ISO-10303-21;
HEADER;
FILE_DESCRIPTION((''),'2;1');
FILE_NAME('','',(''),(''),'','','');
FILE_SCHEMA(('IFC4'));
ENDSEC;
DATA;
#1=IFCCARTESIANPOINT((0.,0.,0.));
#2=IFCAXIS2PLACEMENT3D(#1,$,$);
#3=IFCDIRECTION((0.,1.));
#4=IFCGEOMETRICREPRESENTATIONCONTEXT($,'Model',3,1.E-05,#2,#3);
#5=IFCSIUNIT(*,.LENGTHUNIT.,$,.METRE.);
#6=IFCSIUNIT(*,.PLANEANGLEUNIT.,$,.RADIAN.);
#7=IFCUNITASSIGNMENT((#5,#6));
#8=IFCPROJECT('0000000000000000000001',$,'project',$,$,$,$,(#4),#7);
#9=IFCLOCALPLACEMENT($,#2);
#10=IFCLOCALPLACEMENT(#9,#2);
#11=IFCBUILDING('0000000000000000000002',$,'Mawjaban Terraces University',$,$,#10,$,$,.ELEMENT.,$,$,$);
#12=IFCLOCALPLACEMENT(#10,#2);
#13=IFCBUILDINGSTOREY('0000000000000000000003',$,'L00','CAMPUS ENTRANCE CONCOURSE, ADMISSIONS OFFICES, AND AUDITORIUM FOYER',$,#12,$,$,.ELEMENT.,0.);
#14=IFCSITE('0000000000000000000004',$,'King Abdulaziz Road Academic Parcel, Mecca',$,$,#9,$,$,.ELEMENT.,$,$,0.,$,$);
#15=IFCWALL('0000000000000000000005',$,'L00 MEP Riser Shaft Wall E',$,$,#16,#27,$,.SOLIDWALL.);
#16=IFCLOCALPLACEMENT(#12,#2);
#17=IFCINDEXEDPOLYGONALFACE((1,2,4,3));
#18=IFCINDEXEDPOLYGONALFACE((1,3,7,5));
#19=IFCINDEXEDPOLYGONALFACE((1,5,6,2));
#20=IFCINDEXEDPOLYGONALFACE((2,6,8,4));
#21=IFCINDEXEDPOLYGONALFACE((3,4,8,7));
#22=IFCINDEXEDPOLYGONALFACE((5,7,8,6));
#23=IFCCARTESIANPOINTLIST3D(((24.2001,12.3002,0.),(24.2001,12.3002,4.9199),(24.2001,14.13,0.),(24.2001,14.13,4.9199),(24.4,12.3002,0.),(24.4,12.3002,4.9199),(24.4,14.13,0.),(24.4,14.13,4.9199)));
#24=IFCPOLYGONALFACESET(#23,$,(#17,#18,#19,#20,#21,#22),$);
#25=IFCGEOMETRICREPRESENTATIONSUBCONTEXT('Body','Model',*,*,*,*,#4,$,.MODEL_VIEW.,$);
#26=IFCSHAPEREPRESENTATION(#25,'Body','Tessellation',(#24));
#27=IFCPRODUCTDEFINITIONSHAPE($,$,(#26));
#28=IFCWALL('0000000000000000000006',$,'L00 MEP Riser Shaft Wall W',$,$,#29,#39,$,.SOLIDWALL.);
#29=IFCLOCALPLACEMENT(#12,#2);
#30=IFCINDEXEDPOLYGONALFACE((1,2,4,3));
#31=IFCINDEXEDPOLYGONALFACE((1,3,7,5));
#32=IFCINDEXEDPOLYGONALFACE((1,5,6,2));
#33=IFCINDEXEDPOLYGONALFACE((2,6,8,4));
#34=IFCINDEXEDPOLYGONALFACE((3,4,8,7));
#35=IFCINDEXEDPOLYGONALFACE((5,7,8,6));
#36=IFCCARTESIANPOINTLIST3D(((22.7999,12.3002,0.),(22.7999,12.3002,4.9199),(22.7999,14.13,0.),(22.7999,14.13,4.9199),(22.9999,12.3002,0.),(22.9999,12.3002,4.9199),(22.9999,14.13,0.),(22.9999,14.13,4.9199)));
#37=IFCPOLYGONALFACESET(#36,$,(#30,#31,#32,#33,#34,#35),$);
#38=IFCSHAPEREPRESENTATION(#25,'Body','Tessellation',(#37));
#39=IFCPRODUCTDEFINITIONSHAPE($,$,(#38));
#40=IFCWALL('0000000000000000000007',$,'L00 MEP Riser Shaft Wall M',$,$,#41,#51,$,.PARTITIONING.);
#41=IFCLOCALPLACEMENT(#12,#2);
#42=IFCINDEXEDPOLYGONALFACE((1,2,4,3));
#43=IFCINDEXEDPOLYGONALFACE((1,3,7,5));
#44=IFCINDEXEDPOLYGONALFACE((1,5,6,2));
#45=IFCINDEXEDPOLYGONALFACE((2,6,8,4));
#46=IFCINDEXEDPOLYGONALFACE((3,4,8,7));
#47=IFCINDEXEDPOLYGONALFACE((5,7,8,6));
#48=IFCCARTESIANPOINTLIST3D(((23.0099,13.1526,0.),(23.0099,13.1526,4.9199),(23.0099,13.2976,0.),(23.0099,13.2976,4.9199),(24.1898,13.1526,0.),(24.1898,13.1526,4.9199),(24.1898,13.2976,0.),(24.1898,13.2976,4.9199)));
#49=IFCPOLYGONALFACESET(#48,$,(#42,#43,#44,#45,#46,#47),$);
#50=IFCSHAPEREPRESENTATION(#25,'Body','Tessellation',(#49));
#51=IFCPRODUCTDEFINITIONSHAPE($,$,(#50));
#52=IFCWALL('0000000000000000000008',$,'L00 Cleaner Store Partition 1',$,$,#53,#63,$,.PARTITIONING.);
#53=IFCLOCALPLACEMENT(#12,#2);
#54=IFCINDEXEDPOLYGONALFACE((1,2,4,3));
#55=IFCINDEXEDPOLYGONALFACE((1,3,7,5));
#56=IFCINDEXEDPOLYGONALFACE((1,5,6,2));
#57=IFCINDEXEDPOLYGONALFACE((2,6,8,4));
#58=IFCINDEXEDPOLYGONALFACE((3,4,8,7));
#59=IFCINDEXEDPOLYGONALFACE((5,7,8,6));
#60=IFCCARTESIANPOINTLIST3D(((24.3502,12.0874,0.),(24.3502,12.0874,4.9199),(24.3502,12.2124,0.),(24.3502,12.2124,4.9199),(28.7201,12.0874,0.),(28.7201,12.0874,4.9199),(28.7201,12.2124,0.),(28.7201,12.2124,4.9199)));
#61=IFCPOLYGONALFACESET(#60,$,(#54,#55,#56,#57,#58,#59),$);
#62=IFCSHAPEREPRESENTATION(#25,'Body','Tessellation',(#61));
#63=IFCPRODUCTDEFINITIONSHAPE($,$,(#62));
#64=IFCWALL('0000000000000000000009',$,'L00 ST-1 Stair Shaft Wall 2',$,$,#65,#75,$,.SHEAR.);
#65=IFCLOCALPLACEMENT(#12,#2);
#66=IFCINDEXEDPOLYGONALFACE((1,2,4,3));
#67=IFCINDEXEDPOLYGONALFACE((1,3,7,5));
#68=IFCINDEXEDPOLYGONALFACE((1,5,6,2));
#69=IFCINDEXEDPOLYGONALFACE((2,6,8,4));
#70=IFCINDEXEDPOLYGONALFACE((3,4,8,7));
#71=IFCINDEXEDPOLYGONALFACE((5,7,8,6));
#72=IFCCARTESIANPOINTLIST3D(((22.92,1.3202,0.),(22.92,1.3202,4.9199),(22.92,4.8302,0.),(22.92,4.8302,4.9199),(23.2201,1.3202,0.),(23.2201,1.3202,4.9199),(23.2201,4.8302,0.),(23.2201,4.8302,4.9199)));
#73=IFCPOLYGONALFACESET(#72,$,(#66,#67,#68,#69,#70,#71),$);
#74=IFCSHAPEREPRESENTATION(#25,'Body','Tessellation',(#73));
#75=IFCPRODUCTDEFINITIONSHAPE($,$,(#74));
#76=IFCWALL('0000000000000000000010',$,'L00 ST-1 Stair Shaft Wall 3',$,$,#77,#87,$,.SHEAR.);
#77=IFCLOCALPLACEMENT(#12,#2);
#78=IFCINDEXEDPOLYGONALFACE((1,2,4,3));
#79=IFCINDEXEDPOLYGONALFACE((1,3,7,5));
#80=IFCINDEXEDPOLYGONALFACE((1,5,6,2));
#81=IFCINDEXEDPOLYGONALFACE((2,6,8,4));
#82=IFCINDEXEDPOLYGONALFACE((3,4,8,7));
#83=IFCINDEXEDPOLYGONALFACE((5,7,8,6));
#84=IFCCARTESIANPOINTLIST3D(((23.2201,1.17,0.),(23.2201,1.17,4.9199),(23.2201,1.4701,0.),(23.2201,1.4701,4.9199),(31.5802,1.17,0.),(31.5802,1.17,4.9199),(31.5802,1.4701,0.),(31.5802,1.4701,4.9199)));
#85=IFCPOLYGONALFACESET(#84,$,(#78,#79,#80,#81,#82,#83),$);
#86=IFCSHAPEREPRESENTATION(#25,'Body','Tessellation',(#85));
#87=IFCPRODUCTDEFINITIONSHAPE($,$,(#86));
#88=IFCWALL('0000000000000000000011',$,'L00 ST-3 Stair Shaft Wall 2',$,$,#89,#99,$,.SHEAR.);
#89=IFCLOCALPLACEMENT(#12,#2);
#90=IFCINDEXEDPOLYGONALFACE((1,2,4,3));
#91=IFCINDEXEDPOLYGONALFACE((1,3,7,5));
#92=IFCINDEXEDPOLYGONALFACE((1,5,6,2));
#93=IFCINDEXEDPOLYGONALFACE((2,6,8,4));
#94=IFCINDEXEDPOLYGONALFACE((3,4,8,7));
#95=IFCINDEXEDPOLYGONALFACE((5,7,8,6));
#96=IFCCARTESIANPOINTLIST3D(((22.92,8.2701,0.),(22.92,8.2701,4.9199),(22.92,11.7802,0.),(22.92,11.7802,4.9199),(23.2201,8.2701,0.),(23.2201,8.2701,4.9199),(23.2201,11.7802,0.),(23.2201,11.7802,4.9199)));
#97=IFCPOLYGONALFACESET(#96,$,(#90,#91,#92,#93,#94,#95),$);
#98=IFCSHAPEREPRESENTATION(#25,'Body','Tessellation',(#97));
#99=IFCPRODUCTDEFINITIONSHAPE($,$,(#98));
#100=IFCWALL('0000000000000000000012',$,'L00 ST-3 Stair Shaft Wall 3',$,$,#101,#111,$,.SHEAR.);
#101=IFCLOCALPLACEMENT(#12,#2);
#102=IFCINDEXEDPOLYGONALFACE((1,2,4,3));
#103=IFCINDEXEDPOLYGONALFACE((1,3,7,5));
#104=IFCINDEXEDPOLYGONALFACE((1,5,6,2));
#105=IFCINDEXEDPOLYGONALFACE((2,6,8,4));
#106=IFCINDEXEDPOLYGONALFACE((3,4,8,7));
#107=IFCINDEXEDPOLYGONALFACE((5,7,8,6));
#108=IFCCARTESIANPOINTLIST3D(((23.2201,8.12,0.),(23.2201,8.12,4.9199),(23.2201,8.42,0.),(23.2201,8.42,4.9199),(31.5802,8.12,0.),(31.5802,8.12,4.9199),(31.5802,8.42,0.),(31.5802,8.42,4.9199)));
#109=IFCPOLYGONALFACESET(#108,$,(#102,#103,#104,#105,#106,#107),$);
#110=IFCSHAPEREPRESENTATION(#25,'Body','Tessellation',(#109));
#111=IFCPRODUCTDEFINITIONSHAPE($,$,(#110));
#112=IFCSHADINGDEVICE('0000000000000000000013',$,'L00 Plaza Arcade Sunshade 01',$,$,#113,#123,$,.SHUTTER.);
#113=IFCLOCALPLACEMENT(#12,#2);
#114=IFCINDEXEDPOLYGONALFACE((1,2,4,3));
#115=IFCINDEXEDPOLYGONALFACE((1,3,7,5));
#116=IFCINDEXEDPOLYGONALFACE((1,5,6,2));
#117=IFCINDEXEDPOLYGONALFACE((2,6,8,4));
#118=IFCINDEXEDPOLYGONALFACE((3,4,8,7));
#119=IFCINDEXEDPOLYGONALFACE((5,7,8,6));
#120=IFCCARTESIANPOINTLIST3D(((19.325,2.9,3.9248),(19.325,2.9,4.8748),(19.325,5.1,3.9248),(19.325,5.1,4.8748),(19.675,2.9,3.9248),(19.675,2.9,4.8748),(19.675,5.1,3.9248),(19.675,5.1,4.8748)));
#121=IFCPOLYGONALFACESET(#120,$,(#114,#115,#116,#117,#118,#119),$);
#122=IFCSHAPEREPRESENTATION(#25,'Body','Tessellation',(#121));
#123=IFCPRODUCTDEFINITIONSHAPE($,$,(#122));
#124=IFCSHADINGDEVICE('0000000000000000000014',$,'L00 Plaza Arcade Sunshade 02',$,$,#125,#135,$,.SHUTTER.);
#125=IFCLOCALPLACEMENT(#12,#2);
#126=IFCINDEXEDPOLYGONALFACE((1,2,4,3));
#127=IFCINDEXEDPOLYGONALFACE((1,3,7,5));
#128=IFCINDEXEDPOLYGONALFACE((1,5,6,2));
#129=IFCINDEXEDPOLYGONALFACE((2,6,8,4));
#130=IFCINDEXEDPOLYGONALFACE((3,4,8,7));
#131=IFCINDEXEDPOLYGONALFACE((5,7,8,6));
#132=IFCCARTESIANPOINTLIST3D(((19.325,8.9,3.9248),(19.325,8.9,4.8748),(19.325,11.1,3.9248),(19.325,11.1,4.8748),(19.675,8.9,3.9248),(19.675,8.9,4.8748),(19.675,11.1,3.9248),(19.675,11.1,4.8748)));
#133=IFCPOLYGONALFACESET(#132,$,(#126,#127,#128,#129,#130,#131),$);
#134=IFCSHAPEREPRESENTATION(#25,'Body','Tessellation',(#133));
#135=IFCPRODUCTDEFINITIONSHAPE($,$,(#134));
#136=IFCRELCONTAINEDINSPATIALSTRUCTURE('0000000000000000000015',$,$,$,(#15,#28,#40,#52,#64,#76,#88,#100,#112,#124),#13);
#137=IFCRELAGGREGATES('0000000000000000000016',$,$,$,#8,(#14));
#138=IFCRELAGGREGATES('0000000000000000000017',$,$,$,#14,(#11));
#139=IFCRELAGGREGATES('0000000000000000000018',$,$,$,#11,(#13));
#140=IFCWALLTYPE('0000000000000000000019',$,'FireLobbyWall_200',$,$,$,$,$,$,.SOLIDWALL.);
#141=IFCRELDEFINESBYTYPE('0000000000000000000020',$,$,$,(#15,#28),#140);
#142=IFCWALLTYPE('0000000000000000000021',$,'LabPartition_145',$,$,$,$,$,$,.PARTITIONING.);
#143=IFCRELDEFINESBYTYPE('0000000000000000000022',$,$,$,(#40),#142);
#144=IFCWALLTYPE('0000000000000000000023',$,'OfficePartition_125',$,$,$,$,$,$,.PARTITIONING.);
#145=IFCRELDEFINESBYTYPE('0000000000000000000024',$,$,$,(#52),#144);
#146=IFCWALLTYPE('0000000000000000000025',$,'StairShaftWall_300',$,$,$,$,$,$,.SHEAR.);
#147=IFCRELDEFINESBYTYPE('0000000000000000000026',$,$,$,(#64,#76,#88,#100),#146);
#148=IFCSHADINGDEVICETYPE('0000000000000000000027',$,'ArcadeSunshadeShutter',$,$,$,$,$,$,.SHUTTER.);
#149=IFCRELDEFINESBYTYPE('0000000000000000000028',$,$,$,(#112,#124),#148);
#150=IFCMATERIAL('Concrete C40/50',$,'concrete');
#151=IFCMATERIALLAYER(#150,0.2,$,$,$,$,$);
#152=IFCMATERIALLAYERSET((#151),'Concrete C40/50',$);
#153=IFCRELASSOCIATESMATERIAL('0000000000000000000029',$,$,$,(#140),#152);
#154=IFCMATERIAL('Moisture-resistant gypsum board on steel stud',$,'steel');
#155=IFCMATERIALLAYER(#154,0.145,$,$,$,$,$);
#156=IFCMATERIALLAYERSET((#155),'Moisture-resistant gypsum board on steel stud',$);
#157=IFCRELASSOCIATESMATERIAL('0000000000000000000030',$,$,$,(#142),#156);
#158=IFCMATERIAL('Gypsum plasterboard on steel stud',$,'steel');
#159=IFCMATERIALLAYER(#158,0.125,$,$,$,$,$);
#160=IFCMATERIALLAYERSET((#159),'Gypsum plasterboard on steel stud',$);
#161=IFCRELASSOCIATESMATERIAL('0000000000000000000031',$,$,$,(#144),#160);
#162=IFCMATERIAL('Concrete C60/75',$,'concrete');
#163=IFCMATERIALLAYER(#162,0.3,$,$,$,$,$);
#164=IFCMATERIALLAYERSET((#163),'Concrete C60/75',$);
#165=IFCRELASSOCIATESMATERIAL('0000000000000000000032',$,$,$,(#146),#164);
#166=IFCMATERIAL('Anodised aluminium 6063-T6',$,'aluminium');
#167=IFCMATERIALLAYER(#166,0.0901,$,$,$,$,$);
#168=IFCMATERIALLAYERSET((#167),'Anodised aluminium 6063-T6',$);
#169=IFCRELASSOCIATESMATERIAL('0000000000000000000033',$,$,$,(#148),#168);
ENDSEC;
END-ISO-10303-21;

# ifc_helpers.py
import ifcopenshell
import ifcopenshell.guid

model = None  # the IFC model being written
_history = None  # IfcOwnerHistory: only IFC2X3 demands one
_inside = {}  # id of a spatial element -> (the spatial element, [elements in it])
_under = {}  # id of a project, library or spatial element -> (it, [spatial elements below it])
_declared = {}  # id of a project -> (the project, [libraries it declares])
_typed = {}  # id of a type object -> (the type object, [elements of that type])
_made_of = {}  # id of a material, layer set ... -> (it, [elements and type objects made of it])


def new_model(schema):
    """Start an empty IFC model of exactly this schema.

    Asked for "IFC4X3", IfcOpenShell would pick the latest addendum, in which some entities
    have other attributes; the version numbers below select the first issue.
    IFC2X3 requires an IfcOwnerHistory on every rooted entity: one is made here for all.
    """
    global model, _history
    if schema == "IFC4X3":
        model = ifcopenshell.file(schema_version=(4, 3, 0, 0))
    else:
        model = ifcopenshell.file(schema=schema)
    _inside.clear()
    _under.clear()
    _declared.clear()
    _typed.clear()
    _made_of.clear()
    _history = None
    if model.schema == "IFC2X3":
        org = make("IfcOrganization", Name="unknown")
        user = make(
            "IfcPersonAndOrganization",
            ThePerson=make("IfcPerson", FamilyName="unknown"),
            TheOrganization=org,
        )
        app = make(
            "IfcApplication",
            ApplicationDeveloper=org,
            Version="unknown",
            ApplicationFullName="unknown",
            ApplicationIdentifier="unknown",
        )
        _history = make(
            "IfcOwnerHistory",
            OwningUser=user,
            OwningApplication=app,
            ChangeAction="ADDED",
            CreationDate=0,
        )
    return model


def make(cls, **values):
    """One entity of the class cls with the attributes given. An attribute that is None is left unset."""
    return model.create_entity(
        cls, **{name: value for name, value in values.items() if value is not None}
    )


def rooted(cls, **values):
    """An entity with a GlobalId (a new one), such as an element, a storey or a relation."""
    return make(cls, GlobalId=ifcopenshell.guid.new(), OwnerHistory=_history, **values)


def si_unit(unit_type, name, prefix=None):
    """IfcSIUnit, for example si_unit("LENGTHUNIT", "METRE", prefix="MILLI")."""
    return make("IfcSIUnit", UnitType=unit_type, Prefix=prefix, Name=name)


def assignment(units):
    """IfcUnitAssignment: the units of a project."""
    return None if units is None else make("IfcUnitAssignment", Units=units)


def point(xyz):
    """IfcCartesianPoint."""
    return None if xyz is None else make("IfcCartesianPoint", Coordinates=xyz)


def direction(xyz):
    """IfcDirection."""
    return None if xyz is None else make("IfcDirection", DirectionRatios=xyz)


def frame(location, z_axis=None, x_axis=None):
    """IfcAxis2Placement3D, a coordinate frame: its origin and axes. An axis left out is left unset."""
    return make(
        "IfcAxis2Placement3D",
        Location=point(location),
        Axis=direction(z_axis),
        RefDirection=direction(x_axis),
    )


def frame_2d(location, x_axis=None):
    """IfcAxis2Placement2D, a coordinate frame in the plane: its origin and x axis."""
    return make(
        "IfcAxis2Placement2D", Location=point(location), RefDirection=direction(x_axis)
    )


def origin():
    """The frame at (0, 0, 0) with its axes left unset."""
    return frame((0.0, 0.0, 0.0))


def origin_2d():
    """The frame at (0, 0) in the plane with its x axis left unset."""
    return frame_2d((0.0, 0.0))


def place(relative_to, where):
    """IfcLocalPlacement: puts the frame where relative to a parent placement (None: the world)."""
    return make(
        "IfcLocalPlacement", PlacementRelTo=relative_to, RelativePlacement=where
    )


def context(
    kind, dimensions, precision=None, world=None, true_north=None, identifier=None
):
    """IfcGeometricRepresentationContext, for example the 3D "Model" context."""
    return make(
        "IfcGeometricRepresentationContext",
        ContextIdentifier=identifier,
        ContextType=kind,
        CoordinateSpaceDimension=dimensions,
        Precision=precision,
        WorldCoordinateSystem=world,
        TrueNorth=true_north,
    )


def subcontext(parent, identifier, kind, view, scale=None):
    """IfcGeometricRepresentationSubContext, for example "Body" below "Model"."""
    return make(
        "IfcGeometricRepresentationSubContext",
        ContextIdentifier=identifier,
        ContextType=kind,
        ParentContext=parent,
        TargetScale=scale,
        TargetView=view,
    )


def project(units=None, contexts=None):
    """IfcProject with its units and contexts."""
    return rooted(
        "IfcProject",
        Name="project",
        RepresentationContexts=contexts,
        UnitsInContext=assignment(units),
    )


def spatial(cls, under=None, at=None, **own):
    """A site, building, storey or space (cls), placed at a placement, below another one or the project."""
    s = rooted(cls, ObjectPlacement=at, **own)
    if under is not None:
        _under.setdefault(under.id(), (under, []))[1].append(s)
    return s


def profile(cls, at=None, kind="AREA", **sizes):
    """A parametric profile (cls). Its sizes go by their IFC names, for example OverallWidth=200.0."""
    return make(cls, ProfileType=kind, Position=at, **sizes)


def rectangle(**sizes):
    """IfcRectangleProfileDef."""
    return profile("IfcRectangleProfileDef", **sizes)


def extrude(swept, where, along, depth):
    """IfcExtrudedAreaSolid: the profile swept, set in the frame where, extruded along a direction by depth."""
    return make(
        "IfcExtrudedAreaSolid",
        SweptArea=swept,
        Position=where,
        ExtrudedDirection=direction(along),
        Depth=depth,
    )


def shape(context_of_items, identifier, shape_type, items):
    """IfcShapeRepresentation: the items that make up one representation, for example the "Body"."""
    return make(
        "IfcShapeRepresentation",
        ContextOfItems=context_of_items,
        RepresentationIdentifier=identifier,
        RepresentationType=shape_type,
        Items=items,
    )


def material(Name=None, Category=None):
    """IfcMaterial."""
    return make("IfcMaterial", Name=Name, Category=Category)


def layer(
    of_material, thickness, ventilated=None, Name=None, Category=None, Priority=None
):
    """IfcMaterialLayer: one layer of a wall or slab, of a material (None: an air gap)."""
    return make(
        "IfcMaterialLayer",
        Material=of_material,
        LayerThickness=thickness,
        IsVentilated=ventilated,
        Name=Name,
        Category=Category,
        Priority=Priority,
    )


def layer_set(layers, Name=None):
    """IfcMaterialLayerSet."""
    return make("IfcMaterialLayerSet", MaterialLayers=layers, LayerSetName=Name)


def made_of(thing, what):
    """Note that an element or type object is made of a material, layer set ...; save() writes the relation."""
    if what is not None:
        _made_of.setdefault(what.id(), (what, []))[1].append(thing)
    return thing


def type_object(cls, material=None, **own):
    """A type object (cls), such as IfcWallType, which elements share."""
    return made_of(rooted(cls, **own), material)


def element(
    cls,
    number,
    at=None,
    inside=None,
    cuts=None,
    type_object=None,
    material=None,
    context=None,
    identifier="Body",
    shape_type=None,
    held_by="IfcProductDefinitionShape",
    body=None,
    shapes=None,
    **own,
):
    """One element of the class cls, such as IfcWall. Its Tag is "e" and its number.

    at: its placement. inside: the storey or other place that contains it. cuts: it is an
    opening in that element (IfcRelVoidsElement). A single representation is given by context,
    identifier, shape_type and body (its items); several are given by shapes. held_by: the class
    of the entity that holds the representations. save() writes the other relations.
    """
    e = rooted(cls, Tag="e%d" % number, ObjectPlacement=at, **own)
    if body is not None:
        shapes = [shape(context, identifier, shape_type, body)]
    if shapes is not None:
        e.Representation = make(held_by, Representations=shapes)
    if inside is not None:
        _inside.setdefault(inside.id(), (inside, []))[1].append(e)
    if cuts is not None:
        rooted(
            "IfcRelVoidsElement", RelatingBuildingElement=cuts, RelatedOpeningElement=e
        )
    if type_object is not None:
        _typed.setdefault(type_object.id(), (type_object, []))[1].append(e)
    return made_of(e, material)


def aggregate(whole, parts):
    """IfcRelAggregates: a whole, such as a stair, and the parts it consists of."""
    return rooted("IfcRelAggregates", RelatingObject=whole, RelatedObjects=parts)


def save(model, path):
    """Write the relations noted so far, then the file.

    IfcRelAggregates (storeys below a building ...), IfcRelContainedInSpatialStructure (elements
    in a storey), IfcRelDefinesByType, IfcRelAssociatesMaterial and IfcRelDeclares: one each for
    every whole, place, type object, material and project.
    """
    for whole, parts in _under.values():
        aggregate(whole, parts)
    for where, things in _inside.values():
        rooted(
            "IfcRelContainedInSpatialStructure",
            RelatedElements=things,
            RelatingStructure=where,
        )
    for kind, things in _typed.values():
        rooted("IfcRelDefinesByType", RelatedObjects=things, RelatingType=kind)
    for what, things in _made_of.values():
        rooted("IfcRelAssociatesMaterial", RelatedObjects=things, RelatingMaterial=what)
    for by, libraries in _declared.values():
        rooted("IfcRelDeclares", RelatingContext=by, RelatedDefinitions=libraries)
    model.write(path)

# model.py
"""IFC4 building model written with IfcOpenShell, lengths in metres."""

from ifc_helpers import new_model, si_unit, direction, frame, frame_2d, origin, origin_2d, place, context, subcontext, project, spatial, rectangle, extrude, material, layer, layer_set, type_object, element, save


model = new_model("IFC4")

# Units and contexts
model_context = context("Model", 3, precision=1e-05, world=origin(), true_north=direction((0.0, 1.0)))
body_context = subcontext(model_context, "Body", "Model", "MODEL_VIEW")
ifc_project = project(units=[si_unit("LENGTHUNIT", "METRE"), si_unit("PLANEANGLEUNIT", "RADIAN")], contexts=[model_context])

# Site, building, storey
site_placement = place(None, origin())
site = spatial("IfcSite", under=ifc_project, at=site_placement, Name="King Abdulaziz Road Academic Parcel, Mecca", CompositionType="ELEMENT", RefElevation=0.0)
building_placement = place(site_placement, origin())
building = spatial("IfcBuilding", under=site, at=building_placement, Name="Mawjaban Terraces University", CompositionType="ELEMENT")
storey_placement = place(building_placement, origin())
storey = spatial("IfcBuildingStorey", under=building, at=storey_placement, Name="L00", Description="CAMPUS ENTRANCE CONCOURSE, ADMISSIONS OFFICES, AND AUDITORIUM FOYER", CompositionType="ELEMENT", Elevation=0.0)

# Walls
ifc_material_1 = material(Name="Concrete C40/50", Category="concrete")
ifc_layer_1 = layer(ifc_material_1, 0.2)
ifc_layer_set_1 = layer_set([ifc_layer_1], Name="Concrete C40/50")
wall_type_1 = type_object("IfcWallType", Name="FireLobbyWall_200", PredefinedType="SOLIDWALL", material=ifc_layer_set_1)
for number, where, z_axis, x_axis, name in (
    (1, (24.3, 12.3, 0.0), (0.0, 0.0, 1.0), (0.0, 1.0, 0.0), "L00 MEP Riser Shaft Wall E"),
    (2, (22.8999, 12.3, 0.0), (0.0, 0.0, 1.0), (0.0, 1.0, 0.0), "L00 MEP Riser Shaft Wall W"),
):
    element("IfcWall", number, at=place(storey_placement, frame(where, z_axis=z_axis, x_axis=x_axis)), inside=storey, type_object=wall_type_1, Name=name, PredefinedType="SOLIDWALL", context=body_context, shape_type="SweptSolid", body=[
        extrude(rectangle(XDim=1.8298, YDim=0.2, at=frame_2d((0.915, 0.0))), origin(), (0.0, 0.0, 1.0), 4.9199),
    ])
ifc_material_2 = material(Name="Moisture-resistant gypsum board on steel stud", Category="steel")
ifc_layer_2 = layer(ifc_material_2, 0.145)
ifc_layer_set_2 = layer_set([ifc_layer_2], Name="Moisture-resistant gypsum board on steel stud")
wall_type_2 = type_object("IfcWallType", Name="LabPartition_145", PredefinedType="PARTITIONING", material=ifc_layer_set_2)
wall_1_placement = place(storey_placement, frame((23.01, 13.2251, 0.0), z_axis=(0.0, 0.0, 1.0), x_axis=(1.0, 0.0, 0.0)))
element("IfcWall", 3, at=wall_1_placement, inside=storey, type_object=wall_type_2, Name="L00 MEP Riser Shaft Wall M", PredefinedType="PARTITIONING", context=body_context, shape_type="SweptSolid", body=[
    extrude(rectangle(XDim=1.1799, YDim=0.145, at=frame_2d((0.5898, 0.0))), origin(), (0.0, 0.0, 1.0), 4.9199),
])
ifc_material_3 = material(Name="Gypsum plasterboard on steel stud", Category="steel")
ifc_layer_3 = layer(ifc_material_3, 0.125)
ifc_layer_set_3 = layer_set([ifc_layer_3], Name="Gypsum plasterboard on steel stud")
wall_type_3 = type_object("IfcWallType", Name="OfficePartition_125", PredefinedType="PARTITIONING", material=ifc_layer_set_3)
wall_2_placement = place(storey_placement, frame((24.3501, 12.1499, 0.0), z_axis=(0.0, 0.0, 1.0), x_axis=(1.0, 0.0, 0.0)))
element("IfcWall", 4, at=wall_2_placement, inside=storey, type_object=wall_type_3, Name="L00 Cleaner Store Partition 1", PredefinedType="PARTITIONING", context=body_context, shape_type="SweptSolid", body=[
    extrude(rectangle(XDim=4.3699, YDim=0.125, at=frame_2d((2.1851, 0.0))), origin(), (0.0, 0.0, 1.0), 4.9199),
])
ifc_material_4 = material(Name="Concrete C60/75", Category="concrete")
ifc_layer_4 = layer(ifc_material_4, 0.3)
ifc_layer_set_4 = layer_set([ifc_layer_4], Name="Concrete C60/75")
wall_type_4 = type_object("IfcWallType", Name="StairShaftWall_300", PredefinedType="SHEAR", material=ifc_layer_set_4)
wall_3_placement = place(storey_placement, frame((23.0701, 4.8301, 0.0), z_axis=(0.0, 0.0, 1.0), x_axis=(0.0, -1.0, 0.0)))
element("IfcWall", 5, at=wall_3_placement, inside=storey, type_object=wall_type_4, Name="L00 ST-1 Stair Shaft Wall 2", PredefinedType="SHEAR", context=body_context, shape_type="SweptSolid", body=[
    extrude(rectangle(XDim=3.51, YDim=0.3, at=frame_2d((1.7549, 0.0))), origin(), (0.0, 0.0, 1.0), 4.9199),
])
wall_4_placement = place(storey_placement, frame((23.22, 1.3201, 0.0), z_axis=(0.0, 0.0, 1.0), x_axis=(1.0, 0.0, 0.0)))
element("IfcWall", 6, at=wall_4_placement, inside=storey, type_object=wall_type_4, Name="L00 ST-1 Stair Shaft Wall 3", PredefinedType="SHEAR", context=body_context, shape_type="SweptSolid", body=[
    extrude(rectangle(XDim=8.3601, YDim=0.3, at=frame_2d((4.1802, 0.0))), origin(), (0.0, 0.0, 1.0), 4.9199),
])
wall_5_placement = place(storey_placement, frame((23.0701, 11.78, 0.0), z_axis=(0.0, 0.0, 1.0), x_axis=(0.0, -1.0, 0.0)))
element("IfcWall", 7, at=wall_5_placement, inside=storey, type_object=wall_type_4, Name="L00 ST-3 Stair Shaft Wall 2", PredefinedType="SHEAR", context=body_context, shape_type="SweptSolid", body=[
    extrude(rectangle(XDim=3.51, YDim=0.3, at=frame_2d((1.7549, 0.0))), origin(), (0.0, 0.0, 1.0), 4.9199),
])
wall_6_placement = place(storey_placement, frame((23.22, 8.27, 0.0), z_axis=(0.0, 0.0, 1.0), x_axis=(1.0, 0.0, 0.0)))
element("IfcWall", 8, at=wall_6_placement, inside=storey, type_object=wall_type_4, Name="L00 ST-3 Stair Shaft Wall 3", PredefinedType="SHEAR", context=body_context, shape_type="SweptSolid", body=[
    extrude(rectangle(XDim=8.3601, YDim=0.3, at=frame_2d((4.1802, 0.0))), origin(), (0.0, 0.0, 1.0), 4.9199),
])

# Shading devices
ifc_material_5 = material(Name="Anodised aluminium 6063-T6", Category="aluminium")
ifc_layer_5 = layer(ifc_material_5, 0.0901)
ifc_layer_set_5 = layer_set([ifc_layer_5], Name="Anodised aluminium 6063-T6")
shading_device_type = type_object("IfcShadingDeviceType", Name="ArcadeSunshadeShutter", PredefinedType="SHUTTER", material=ifc_layer_set_5)
for number, where, z_axis, x_axis, name in (
    (9, (19.5, 4.0, 3.9248), (0.0, 0.0, 1.0), (1.0, 0.0, 0.0), "L00 Plaza Arcade Sunshade 01"),
    (10, (19.5, 10.0, 3.9248), (0.0, 0.0, 1.0), (1.0, 0.0, 0.0), "L00 Plaza Arcade Sunshade 02"),
):
    element("IfcShadingDevice", number, at=place(storey_placement, frame(where, z_axis=z_axis, x_axis=x_axis)), inside=storey, type_object=shading_device_type, Name=name, PredefinedType="SHUTTER", context=body_context, shape_type="SweptSolid", body=[
        extrude(rectangle(XDim=0.3501, YDim=2.2, at=origin_2d()), origin(), (0.0, 0.0, 1.0), 0.95),
    ])

save(model, "model.ifc")
